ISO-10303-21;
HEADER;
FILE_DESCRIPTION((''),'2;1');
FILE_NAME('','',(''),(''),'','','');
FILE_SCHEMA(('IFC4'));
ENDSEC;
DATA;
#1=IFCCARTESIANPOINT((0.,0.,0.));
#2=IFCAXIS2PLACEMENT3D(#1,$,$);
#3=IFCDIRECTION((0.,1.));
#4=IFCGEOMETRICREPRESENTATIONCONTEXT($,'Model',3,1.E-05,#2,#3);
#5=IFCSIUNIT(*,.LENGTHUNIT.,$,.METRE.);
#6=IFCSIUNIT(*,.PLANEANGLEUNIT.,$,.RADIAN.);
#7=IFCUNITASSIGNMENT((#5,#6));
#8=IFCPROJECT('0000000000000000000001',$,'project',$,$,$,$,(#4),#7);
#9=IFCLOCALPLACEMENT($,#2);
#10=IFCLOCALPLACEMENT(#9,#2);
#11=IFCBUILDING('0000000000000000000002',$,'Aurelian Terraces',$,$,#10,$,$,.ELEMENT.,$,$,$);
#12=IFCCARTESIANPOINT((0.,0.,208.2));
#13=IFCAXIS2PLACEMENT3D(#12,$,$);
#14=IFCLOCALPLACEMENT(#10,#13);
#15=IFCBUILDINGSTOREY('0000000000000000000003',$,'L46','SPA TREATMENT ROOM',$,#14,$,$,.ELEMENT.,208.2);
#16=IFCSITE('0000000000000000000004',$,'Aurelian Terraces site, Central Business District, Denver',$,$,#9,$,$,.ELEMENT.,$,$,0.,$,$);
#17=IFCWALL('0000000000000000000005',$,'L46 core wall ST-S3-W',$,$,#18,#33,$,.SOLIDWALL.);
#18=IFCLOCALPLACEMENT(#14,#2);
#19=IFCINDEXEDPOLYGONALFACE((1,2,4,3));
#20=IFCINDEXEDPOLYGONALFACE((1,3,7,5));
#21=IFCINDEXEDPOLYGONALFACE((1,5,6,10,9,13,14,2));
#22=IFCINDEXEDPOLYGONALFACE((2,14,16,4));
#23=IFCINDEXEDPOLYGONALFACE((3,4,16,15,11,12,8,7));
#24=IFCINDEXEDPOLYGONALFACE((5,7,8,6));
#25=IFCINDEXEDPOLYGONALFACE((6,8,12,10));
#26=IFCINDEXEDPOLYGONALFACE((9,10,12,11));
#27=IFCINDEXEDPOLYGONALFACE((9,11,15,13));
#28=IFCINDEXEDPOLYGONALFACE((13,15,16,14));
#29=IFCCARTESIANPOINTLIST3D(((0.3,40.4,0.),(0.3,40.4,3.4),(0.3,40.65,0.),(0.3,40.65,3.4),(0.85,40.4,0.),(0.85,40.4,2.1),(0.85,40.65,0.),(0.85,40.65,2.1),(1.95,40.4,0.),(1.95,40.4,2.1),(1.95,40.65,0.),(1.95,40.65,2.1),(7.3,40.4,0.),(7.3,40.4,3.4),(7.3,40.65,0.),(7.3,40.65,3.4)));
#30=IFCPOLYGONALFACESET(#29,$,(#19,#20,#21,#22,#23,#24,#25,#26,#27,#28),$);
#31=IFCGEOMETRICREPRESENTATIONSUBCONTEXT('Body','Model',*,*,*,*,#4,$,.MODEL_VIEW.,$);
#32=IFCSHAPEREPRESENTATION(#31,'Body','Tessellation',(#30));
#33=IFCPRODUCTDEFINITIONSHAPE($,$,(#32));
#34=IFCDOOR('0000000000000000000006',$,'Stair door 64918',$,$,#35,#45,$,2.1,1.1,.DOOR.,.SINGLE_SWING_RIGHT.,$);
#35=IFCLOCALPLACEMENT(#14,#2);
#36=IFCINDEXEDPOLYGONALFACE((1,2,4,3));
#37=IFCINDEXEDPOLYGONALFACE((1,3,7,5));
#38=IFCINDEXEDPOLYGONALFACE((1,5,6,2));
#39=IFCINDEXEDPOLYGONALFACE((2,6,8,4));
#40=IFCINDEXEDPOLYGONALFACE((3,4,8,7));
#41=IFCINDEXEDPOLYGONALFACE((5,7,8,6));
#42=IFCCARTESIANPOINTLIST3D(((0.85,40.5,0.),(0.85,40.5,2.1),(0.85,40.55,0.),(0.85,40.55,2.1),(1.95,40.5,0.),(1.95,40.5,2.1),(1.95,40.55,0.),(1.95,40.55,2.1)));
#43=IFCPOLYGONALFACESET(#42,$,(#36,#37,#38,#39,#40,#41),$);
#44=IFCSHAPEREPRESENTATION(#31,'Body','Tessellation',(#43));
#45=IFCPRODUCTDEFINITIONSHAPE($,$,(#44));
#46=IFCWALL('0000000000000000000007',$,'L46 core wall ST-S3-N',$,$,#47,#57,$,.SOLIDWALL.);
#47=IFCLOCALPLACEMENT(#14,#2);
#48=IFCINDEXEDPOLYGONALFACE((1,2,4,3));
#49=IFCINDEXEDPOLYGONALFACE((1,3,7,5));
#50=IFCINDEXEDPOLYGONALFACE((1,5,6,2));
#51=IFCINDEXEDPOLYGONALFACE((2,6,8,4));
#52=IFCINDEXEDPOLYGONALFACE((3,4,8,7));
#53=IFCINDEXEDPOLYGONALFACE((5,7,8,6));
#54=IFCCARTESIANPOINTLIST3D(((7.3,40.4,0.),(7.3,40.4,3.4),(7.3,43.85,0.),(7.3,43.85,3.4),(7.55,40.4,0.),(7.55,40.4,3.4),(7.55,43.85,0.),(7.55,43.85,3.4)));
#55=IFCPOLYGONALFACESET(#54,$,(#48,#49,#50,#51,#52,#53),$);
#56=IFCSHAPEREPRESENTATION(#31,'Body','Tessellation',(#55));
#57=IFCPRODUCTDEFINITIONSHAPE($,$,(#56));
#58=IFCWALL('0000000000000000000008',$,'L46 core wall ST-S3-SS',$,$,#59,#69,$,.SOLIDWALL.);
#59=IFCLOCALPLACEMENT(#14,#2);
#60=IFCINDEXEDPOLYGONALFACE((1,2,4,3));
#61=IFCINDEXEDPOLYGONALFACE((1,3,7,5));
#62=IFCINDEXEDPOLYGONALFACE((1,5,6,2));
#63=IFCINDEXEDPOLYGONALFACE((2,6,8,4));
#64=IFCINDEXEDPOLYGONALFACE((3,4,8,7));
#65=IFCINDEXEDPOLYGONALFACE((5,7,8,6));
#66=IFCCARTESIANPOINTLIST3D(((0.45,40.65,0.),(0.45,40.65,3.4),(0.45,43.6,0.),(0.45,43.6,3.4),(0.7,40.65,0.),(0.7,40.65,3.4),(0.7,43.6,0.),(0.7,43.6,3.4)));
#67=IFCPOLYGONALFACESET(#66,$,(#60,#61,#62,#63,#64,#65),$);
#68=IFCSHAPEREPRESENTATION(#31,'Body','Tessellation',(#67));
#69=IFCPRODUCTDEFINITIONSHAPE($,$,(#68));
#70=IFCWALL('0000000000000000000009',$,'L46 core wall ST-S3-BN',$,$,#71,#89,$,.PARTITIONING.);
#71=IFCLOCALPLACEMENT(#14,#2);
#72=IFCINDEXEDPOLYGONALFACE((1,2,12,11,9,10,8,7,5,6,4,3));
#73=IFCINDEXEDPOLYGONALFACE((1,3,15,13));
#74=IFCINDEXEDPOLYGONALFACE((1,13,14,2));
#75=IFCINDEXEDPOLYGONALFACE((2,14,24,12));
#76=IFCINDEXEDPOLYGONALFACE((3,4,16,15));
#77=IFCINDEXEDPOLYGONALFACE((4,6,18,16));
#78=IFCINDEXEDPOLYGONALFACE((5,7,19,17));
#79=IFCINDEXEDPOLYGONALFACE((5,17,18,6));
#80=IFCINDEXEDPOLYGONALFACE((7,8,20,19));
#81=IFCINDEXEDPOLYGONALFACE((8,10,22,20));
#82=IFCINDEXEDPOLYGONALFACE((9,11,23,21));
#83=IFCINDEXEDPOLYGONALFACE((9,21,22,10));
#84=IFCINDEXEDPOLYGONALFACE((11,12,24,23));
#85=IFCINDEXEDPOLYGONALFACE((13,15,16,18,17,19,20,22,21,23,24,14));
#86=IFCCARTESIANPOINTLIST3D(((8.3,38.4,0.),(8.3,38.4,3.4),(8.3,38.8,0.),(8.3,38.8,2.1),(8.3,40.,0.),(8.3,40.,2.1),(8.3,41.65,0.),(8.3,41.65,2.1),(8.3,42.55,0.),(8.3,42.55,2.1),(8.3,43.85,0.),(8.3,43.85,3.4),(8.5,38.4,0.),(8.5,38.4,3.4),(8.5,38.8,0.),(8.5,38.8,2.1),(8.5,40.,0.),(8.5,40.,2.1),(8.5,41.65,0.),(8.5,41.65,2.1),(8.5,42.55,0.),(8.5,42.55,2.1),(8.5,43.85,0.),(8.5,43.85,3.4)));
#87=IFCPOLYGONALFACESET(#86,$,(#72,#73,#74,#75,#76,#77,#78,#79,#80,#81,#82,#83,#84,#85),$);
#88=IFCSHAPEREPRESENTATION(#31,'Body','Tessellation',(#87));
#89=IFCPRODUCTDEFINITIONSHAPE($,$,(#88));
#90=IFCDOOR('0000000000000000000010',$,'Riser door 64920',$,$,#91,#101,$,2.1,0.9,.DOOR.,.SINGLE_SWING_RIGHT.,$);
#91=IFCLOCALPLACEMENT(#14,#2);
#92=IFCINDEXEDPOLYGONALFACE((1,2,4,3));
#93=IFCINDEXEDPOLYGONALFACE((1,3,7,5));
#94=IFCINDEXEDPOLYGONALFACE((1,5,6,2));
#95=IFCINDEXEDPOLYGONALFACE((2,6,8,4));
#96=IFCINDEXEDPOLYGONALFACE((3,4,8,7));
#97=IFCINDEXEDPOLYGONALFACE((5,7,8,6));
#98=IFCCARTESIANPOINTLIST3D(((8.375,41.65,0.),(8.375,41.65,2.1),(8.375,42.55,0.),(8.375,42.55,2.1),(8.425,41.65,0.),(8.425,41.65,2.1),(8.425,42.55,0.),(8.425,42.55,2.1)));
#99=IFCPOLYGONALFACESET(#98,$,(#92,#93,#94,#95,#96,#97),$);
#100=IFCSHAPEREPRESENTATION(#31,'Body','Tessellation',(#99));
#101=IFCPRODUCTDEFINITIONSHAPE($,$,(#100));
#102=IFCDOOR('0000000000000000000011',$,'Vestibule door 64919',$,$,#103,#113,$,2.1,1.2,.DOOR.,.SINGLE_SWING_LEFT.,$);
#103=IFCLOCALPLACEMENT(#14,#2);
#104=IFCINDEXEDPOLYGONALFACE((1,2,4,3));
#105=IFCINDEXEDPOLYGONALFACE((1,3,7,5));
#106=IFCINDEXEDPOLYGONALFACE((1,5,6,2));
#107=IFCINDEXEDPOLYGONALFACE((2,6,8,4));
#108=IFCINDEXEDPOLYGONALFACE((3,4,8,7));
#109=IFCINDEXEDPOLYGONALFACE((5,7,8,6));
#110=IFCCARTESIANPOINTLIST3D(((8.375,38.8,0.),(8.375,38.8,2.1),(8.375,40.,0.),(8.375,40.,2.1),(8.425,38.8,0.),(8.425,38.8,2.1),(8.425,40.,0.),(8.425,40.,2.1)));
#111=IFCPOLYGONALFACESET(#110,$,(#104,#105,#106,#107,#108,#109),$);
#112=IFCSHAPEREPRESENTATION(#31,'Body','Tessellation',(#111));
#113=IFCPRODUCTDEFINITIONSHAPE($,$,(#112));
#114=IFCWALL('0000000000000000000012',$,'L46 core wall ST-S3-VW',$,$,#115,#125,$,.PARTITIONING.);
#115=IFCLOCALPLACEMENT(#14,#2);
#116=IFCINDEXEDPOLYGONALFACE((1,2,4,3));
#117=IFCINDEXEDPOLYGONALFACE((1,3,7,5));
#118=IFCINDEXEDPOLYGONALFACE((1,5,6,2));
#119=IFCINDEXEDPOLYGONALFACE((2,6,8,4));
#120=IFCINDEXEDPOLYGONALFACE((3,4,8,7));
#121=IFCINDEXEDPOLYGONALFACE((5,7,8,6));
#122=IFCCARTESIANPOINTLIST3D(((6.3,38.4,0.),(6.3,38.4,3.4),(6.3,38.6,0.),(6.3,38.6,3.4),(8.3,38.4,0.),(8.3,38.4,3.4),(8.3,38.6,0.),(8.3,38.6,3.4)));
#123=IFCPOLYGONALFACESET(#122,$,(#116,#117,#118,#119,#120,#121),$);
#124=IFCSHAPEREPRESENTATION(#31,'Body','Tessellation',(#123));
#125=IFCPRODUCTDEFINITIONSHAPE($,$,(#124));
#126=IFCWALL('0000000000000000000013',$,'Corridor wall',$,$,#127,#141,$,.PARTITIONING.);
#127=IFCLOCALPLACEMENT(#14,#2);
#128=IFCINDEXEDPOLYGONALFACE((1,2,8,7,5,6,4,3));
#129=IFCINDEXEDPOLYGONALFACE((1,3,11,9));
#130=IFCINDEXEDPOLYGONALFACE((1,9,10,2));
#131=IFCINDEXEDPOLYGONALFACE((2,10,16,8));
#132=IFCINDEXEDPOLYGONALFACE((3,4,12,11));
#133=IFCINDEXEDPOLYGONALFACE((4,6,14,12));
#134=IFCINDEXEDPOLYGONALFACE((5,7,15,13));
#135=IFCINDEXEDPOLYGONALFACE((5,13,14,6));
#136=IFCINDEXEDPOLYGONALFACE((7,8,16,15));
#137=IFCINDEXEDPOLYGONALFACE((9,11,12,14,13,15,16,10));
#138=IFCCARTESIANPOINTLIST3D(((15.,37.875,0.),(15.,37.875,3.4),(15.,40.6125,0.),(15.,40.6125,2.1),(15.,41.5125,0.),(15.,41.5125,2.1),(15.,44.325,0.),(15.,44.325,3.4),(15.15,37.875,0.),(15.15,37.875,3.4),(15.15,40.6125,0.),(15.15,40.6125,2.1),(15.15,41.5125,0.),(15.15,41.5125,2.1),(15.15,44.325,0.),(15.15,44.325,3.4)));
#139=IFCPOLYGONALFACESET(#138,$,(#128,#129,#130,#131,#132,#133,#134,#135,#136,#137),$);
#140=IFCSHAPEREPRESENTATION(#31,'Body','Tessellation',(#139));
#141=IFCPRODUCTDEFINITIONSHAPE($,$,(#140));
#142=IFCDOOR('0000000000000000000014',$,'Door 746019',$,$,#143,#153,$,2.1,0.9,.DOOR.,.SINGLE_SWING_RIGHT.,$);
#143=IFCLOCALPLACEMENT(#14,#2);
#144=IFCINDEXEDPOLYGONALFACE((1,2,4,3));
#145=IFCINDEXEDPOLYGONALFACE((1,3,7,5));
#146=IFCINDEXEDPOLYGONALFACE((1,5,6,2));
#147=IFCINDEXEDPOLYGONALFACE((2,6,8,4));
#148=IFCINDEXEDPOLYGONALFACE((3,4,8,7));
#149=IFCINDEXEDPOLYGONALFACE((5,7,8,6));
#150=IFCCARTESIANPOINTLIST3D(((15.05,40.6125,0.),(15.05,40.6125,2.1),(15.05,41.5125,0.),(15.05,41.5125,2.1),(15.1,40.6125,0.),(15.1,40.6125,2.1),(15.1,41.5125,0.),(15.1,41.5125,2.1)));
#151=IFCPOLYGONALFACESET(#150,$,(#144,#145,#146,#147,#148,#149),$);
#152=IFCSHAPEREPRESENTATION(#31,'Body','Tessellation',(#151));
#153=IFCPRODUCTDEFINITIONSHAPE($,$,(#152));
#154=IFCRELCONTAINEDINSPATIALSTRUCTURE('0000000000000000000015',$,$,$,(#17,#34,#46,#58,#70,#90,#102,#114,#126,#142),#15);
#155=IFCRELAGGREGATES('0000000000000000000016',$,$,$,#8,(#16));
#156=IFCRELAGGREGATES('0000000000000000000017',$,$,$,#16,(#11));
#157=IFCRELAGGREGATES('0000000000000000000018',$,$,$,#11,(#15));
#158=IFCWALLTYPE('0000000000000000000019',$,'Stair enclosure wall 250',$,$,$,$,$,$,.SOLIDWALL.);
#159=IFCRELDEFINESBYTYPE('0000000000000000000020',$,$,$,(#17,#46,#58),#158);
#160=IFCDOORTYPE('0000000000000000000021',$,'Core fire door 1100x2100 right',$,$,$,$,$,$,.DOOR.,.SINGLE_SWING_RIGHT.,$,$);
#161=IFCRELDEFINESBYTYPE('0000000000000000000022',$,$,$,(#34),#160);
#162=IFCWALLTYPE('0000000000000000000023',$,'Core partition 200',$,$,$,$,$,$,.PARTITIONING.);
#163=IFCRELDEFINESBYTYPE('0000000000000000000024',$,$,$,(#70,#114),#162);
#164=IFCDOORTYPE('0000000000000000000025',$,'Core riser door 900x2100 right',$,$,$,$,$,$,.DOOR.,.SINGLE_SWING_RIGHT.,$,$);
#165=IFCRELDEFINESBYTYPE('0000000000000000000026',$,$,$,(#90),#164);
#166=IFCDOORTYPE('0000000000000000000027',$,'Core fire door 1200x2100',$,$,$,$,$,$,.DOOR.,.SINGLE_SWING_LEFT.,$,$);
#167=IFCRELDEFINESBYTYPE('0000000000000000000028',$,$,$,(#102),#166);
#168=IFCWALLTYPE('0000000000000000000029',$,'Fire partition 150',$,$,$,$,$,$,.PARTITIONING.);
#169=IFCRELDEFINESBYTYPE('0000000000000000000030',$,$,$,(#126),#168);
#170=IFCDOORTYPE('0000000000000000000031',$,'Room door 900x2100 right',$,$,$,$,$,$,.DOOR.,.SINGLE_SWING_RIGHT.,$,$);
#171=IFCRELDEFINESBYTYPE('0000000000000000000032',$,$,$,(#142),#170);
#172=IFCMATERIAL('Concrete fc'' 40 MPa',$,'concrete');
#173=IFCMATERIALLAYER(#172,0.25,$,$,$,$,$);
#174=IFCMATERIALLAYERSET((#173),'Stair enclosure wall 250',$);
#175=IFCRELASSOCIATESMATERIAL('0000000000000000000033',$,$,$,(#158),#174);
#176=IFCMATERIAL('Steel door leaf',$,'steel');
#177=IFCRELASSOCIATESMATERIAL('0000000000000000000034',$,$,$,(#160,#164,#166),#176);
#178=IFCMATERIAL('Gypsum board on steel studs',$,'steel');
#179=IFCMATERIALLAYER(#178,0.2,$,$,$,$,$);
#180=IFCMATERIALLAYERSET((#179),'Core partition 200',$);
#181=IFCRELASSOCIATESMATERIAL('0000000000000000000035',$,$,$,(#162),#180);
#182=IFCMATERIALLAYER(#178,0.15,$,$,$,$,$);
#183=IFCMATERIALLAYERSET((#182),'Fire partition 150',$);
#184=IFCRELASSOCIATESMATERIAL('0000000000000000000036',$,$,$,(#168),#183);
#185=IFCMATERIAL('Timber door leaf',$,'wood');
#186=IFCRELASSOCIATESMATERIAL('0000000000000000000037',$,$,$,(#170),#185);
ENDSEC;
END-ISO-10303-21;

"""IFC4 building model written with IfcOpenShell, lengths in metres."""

from ifc_helpers import new_model, si_unit, direction, frame, frame_2d, origin, place, context, subcontext, project, spatial, rectangle, extrude, source, transform, mapped, material, layer, layer_set, type_object, element, fill, save


model = new_model("IFC4")

# Units and contexts
model_context = context("Model", 3, precision=1e-05, world=origin(), true_north=direction((0.0, 1.0)))
body_context = subcontext(model_context, "Body", "Model", "MODEL_VIEW")
ifc_project = project(units=[si_unit("LENGTHUNIT", "METRE"), si_unit("PLANEANGLEUNIT", "RADIAN")], contexts=[model_context])

# Site, building, storey
site_placement = place(None, origin())
site = spatial("IfcSite", under=ifc_project, at=site_placement, Name="Aurelian Terraces site, Central Business District, Denver", CompositionType="ELEMENT", RefElevation=0.0)
building_placement = place(site_placement, origin())
building = spatial("IfcBuilding", under=site, at=building_placement, Name="Aurelian Terraces", CompositionType="ELEMENT")
storey_placement = place(building_placement, frame((0.0, 0.0, 208.2)))
storey = spatial("IfcBuildingStorey", under=building, at=storey_placement, Name="L46", Description="SPA TREATMENT ROOM", CompositionType="ELEMENT", Elevation=208.2)

# Shared definitions
ifc_material_1 = material(Name="Concrete fc' 40 MPa", Category="concrete")

# Shared definitions
ifc_material_2 = material(Name="Timber door leaf", Category="wood")

# Wall, opening, door
ifc_layer_1 = layer(ifc_material_1, 0.25)
ifc_layer_set_1 = layer_set([ifc_layer_1], Name="Stair enclosure wall 250")
wall_type_1 = type_object("IfcWallType", Name="Stair enclosure wall 250", PredefinedType="SOLIDWALL", material=ifc_layer_set_1)
shared_shape_1 = source(origin(), body_context, "Body", "SweptSolid", [
    extrude(rectangle(XDim=7.0, YDim=0.25, at=frame_2d((3.5, 0.0))), origin(), (0.0, 0.0, 1.0), 3.4),
])
wall_1_placement = place(storey_placement, frame((0.3, 40.525, 0.0), z_axis=(0.0, 0.0, 1.0), x_axis=(1.0, 0.0, 0.0)))
wall_1 = element("IfcWall", 1, at=wall_1_placement, inside=storey, type_object=wall_type_1, Name="L46 core wall ST-S3-W", PredefinedType="SOLIDWALL", context=body_context, shape_type="MappedRepresentation", body=[
    mapped(shared_shape_1, transform((0.0, 0.0, 0.0), scale=1.0)),
])
shared_shape_2 = source(origin(), body_context, "Body", "SweptSolid", [
    extrude(rectangle(XDim=1.1, YDim=2.1, at=frame_2d((0.55, 1.05))), frame((0.0, 0.135, 0.0), z_axis=(0.0, -1.0, 0.0), x_axis=(1.0, 0.0, 0.0)), (0.0, 0.0, 1.0), 0.27),
])
opening_1_placement = place(wall_1_placement, frame((0.55, 0.0, 0.0)))
opening_1 = element("IfcOpeningElement", 2, at=opening_1_placement, cuts=wall_1, PredefinedType="OPENING", context=body_context, shape_type="MappedRepresentation", body=[
    mapped(shared_shape_2, transform((0.0, 0.0, 0.0), scale=1.0)),
])
ifc_material_3 = material(Name="Steel door leaf", Category="steel")
door_type_1 = type_object("IfcDoorType", Name="Core fire door 1100x2100 right", OperationType="SINGLE_SWING_RIGHT", PredefinedType="DOOR", material=ifc_material_3)
shared_shape_3 = source(origin(), body_context, "Body", "SweptSolid", [
    extrude(rectangle(XDim=1.1, YDim=2.1, at=frame_2d((0.55, 1.05))), frame((0.0, 0.025, 0.0), z_axis=(0.0, -1.0, 0.0), x_axis=(1.0, 0.0, 0.0)), (0.0, 0.0, 1.0), 0.05),
])
door_1_placement = place(opening_1_placement, origin())
door_1 = element("IfcDoor", 3, at=door_1_placement, inside=storey, type_object=door_type_1, Name="Stair door 64918", OperationType="SINGLE_SWING_RIGHT", OverallHeight=2.1, OverallWidth=1.1, PredefinedType="DOOR", context=body_context, shape_type="MappedRepresentation", body=[
    mapped(shared_shape_3, transform((0.0, 0.0, 0.0), scale=1.0)),
])
fill(opening_1, door_1)

# Walls
shared_shape_4 = source(origin(), body_context, "Body", "SweptSolid", [
    extrude(rectangle(XDim=3.45, YDim=0.25, at=frame_2d((1.725, 0.0))), origin(), (0.0, 0.0, 1.0), 3.4),
])
wall_2_placement = place(storey_placement, frame((7.425, 40.4, 0.0), z_axis=(0.0, 0.0, 1.0), x_axis=(0.0, 1.0, 0.0)))
element("IfcWall", 4, at=wall_2_placement, inside=storey, type_object=wall_type_1, Name="L46 core wall ST-S3-N", PredefinedType="SOLIDWALL", context=body_context, shape_type="MappedRepresentation", body=[
    mapped(shared_shape_4, transform((0.0, 0.0, 0.0), scale=1.0)),
])
shared_shape_5 = source(origin(), body_context, "Body", "SweptSolid", [
    extrude(rectangle(XDim=2.95, YDim=0.25, at=frame_2d((1.475, 0.0))), origin(), (0.0, 0.0, 1.0), 3.4),
])
wall_3_placement = place(storey_placement, frame((0.575, 40.65, 0.0), z_axis=(0.0, 0.0, 1.0), x_axis=(0.0, 1.0, 0.0)))
element("IfcWall", 5, at=wall_3_placement, inside=storey, type_object=wall_type_1, Name="L46 core wall ST-S3-SS", PredefinedType="SOLIDWALL", context=body_context, shape_type="MappedRepresentation", body=[
    mapped(shared_shape_5, transform((0.0, 0.0, 0.0), scale=1.0)),
])

# Wall, openings, doors
ifc_material_4 = material(Name="Gypsum board on steel studs", Category="steel")
ifc_layer_2 = layer(ifc_material_4, 0.2)
ifc_layer_set_2 = layer_set([ifc_layer_2], Name="Core partition 200")
wall_type_2 = type_object("IfcWallType", Name="Core partition 200", PredefinedType="PARTITIONING", material=ifc_layer_set_2)
shared_shape_6 = source(origin(), body_context, "Body", "SweptSolid", [
    extrude(rectangle(XDim=5.45, YDim=0.2, at=frame_2d((2.725, 0.0))), origin(), (0.0, 0.0, 1.0), 3.4),
])
wall_4_placement = place(storey_placement, frame((8.4, 38.4, 0.0), z_axis=(0.0, 0.0, 1.0), x_axis=(0.0, 1.0, 0.0)))
wall_4 = element("IfcWall", 6, at=wall_4_placement, inside=storey, type_object=wall_type_2, Name="L46 core wall ST-S3-BN", PredefinedType="PARTITIONING", context=body_context, shape_type="MappedRepresentation", body=[
    mapped(shared_shape_6, transform((0.0, 0.0, 0.0), scale=1.0)),
])
shared_shape_7 = source(origin(), body_context, "Body", "SweptSolid", [
    extrude(rectangle(XDim=1.2, YDim=2.1, at=frame_2d((0.6, 1.05))), frame((0.0, 0.11, 0.0), z_axis=(0.0, -1.0, 0.0), x_axis=(1.0, 0.0, 0.0)), (0.0, 0.0, 1.0), 0.22),
])
opening_2_placement = place(wall_4_placement, frame((0.4, 0.0, 0.0)))
opening_2 = element("IfcOpeningElement", 7, at=opening_2_placement, cuts=wall_4, PredefinedType="OPENING", context=body_context, shape_type="MappedRepresentation", body=[
    mapped(shared_shape_7, transform((0.0, 0.0, 0.0), scale=1.0)),
])
shared_shape_8 = source(origin(), body_context, "Body", "SweptSolid", [
    extrude(rectangle(XDim=0.9, YDim=2.1, at=frame_2d((0.45, 1.05))), frame((0.0, 0.11, 0.0), z_axis=(0.0, -1.0, 0.0), x_axis=(1.0, 0.0, 0.0)), (0.0, 0.0, 1.0), 0.22),
])
opening_3_placement = place(wall_4_placement, frame((3.25, 0.0, 0.0)))
opening_3 = element("IfcOpeningElement", 8, at=opening_3_placement, cuts=wall_4, PredefinedType="OPENING", context=body_context, shape_type="MappedRepresentation", body=[
    mapped(shared_shape_8, transform((0.0, 0.0, 0.0), scale=1.0)),
])
door_type_2 = type_object("IfcDoorType", Name="Core riser door 900x2100 right", OperationType="SINGLE_SWING_RIGHT", PredefinedType="DOOR", material=ifc_material_3)
shared_shape_9 = source(origin(), body_context, "Body", "SweptSolid", [
    extrude(rectangle(XDim=0.9, YDim=2.1, at=frame_2d((0.45, 1.05))), frame((0.0, 0.025, 0.0), z_axis=(0.0, -1.0, 0.0), x_axis=(1.0, 0.0, 0.0)), (0.0, 0.0, 1.0), 0.05),
])
door_2_placement = place(opening_3_placement, origin())
door_2 = element("IfcDoor", 9, at=door_2_placement, inside=storey, type_object=door_type_2, Name="Riser door 64920", OperationType="SINGLE_SWING_RIGHT", OverallHeight=2.1, OverallWidth=0.9, PredefinedType="DOOR", context=body_context, shape_type="MappedRepresentation", body=[
    mapped(shared_shape_9, transform((0.0, 0.0, 0.0), scale=1.0)),
])
fill(opening_3, door_2)
door_type_3 = type_object("IfcDoorType", Name="Core fire door 1200x2100", OperationType="SINGLE_SWING_LEFT", PredefinedType="DOOR", material=ifc_material_3)
shared_shape_10 = source(origin(), body_context, "Body", "SweptSolid", [
    extrude(rectangle(XDim=1.2, YDim=2.1, at=frame_2d((0.6, 1.05))), frame((0.0, 0.025, 0.0), z_axis=(0.0, -1.0, 0.0), x_axis=(1.0, 0.0, 0.0)), (0.0, 0.0, 1.0), 0.05),
])
door_3_placement = place(opening_2_placement, origin())
door_3 = element("IfcDoor", 10, at=door_3_placement, inside=storey, type_object=door_type_3, Name="Vestibule door 64919", OperationType="SINGLE_SWING_LEFT", OverallHeight=2.1, OverallWidth=1.2, PredefinedType="DOOR", context=body_context, shape_type="MappedRepresentation", body=[
    mapped(shared_shape_10, transform((0.0, 0.0, 0.0), scale=1.0)),
])
fill(opening_2, door_3)

# Wall
shared_shape_11 = source(origin(), body_context, "Body", "SweptSolid", [
    extrude(rectangle(XDim=2.0, YDim=0.2, at=frame_2d((1.0, 0.0))), origin(), (0.0, 0.0, 1.0), 3.4),
])
wall_5_placement = place(storey_placement, frame((6.3, 38.5, 0.0), z_axis=(0.0, 0.0, 1.0), x_axis=(1.0, 0.0, 0.0)))
element("IfcWall", 11, at=wall_5_placement, inside=storey, type_object=wall_type_2, Name="L46 core wall ST-S3-VW", PredefinedType="PARTITIONING", context=body_context, shape_type="MappedRepresentation", body=[
    mapped(shared_shape_11, transform((0.0, 0.0, 0.0), scale=1.0)),
])

# Wall, opening, door
ifc_layer_3 = layer(ifc_material_4, 0.15)
ifc_layer_set_3 = layer_set([ifc_layer_3], Name="Fire partition 150")
wall_type_3 = type_object("IfcWallType", Name="Fire partition 150", PredefinedType="PARTITIONING", material=ifc_layer_set_3)
shared_shape_12 = source(origin(), body_context, "Body", "SweptSolid", [
    extrude(rectangle(XDim=6.45, YDim=0.15, at=frame_2d((3.225, 0.0))), origin(), (0.0, 0.0, 1.0), 3.4),
])
wall_6_placement = place(storey_placement, frame((15.075, 37.875, 0.0), z_axis=(0.0, 0.0, 1.0), x_axis=(0.0, 1.0, 0.0)))
wall_6 = element("IfcWall", 12, at=wall_6_placement, inside=storey, type_object=wall_type_3, Name="Corridor wall", PredefinedType="PARTITIONING", context=body_context, shape_type="MappedRepresentation", body=[
    mapped(shared_shape_12, transform((0.0, 0.0, 0.0), scale=1.0)),
])
shared_shape_13 = source(origin(), body_context, "Body", "SweptSolid", [
    extrude(rectangle(XDim=0.9, YDim=2.1, at=frame_2d((0.45, 1.05))), frame((0.0, 0.085, 0.0), z_axis=(0.0, -1.0, 0.0), x_axis=(1.0, 0.0, 0.0)), (0.0, 0.0, 1.0), 0.17),
])
opening_4_placement = place(wall_6_placement, frame((2.7375, 0.0, 0.0)))
opening_4 = element("IfcOpeningElement", 13, at=opening_4_placement, cuts=wall_6, PredefinedType="OPENING", context=body_context, shape_type="MappedRepresentation", body=[
    mapped(shared_shape_13, transform((0.0, 0.0, 0.0), scale=1.0)),
])
door_type_4 = type_object("IfcDoorType", Name="Room door 900x2100 right", OperationType="SINGLE_SWING_RIGHT", PredefinedType="DOOR", material=ifc_material_2)
door_4_placement = place(opening_4_placement, origin())
door_4 = element("IfcDoor", 14, at=door_4_placement, inside=storey, type_object=door_type_4, Name="Door 746019", OperationType="SINGLE_SWING_RIGHT", OverallHeight=2.1, OverallWidth=0.9, PredefinedType="DOOR", context=body_context, shape_type="MappedRepresentation", body=[
    mapped(shared_shape_9, transform((0.0, 0.0, 0.0), scale=1.0)),
])
fill(opening_4, door_4)

save(model, "model.ifc")
